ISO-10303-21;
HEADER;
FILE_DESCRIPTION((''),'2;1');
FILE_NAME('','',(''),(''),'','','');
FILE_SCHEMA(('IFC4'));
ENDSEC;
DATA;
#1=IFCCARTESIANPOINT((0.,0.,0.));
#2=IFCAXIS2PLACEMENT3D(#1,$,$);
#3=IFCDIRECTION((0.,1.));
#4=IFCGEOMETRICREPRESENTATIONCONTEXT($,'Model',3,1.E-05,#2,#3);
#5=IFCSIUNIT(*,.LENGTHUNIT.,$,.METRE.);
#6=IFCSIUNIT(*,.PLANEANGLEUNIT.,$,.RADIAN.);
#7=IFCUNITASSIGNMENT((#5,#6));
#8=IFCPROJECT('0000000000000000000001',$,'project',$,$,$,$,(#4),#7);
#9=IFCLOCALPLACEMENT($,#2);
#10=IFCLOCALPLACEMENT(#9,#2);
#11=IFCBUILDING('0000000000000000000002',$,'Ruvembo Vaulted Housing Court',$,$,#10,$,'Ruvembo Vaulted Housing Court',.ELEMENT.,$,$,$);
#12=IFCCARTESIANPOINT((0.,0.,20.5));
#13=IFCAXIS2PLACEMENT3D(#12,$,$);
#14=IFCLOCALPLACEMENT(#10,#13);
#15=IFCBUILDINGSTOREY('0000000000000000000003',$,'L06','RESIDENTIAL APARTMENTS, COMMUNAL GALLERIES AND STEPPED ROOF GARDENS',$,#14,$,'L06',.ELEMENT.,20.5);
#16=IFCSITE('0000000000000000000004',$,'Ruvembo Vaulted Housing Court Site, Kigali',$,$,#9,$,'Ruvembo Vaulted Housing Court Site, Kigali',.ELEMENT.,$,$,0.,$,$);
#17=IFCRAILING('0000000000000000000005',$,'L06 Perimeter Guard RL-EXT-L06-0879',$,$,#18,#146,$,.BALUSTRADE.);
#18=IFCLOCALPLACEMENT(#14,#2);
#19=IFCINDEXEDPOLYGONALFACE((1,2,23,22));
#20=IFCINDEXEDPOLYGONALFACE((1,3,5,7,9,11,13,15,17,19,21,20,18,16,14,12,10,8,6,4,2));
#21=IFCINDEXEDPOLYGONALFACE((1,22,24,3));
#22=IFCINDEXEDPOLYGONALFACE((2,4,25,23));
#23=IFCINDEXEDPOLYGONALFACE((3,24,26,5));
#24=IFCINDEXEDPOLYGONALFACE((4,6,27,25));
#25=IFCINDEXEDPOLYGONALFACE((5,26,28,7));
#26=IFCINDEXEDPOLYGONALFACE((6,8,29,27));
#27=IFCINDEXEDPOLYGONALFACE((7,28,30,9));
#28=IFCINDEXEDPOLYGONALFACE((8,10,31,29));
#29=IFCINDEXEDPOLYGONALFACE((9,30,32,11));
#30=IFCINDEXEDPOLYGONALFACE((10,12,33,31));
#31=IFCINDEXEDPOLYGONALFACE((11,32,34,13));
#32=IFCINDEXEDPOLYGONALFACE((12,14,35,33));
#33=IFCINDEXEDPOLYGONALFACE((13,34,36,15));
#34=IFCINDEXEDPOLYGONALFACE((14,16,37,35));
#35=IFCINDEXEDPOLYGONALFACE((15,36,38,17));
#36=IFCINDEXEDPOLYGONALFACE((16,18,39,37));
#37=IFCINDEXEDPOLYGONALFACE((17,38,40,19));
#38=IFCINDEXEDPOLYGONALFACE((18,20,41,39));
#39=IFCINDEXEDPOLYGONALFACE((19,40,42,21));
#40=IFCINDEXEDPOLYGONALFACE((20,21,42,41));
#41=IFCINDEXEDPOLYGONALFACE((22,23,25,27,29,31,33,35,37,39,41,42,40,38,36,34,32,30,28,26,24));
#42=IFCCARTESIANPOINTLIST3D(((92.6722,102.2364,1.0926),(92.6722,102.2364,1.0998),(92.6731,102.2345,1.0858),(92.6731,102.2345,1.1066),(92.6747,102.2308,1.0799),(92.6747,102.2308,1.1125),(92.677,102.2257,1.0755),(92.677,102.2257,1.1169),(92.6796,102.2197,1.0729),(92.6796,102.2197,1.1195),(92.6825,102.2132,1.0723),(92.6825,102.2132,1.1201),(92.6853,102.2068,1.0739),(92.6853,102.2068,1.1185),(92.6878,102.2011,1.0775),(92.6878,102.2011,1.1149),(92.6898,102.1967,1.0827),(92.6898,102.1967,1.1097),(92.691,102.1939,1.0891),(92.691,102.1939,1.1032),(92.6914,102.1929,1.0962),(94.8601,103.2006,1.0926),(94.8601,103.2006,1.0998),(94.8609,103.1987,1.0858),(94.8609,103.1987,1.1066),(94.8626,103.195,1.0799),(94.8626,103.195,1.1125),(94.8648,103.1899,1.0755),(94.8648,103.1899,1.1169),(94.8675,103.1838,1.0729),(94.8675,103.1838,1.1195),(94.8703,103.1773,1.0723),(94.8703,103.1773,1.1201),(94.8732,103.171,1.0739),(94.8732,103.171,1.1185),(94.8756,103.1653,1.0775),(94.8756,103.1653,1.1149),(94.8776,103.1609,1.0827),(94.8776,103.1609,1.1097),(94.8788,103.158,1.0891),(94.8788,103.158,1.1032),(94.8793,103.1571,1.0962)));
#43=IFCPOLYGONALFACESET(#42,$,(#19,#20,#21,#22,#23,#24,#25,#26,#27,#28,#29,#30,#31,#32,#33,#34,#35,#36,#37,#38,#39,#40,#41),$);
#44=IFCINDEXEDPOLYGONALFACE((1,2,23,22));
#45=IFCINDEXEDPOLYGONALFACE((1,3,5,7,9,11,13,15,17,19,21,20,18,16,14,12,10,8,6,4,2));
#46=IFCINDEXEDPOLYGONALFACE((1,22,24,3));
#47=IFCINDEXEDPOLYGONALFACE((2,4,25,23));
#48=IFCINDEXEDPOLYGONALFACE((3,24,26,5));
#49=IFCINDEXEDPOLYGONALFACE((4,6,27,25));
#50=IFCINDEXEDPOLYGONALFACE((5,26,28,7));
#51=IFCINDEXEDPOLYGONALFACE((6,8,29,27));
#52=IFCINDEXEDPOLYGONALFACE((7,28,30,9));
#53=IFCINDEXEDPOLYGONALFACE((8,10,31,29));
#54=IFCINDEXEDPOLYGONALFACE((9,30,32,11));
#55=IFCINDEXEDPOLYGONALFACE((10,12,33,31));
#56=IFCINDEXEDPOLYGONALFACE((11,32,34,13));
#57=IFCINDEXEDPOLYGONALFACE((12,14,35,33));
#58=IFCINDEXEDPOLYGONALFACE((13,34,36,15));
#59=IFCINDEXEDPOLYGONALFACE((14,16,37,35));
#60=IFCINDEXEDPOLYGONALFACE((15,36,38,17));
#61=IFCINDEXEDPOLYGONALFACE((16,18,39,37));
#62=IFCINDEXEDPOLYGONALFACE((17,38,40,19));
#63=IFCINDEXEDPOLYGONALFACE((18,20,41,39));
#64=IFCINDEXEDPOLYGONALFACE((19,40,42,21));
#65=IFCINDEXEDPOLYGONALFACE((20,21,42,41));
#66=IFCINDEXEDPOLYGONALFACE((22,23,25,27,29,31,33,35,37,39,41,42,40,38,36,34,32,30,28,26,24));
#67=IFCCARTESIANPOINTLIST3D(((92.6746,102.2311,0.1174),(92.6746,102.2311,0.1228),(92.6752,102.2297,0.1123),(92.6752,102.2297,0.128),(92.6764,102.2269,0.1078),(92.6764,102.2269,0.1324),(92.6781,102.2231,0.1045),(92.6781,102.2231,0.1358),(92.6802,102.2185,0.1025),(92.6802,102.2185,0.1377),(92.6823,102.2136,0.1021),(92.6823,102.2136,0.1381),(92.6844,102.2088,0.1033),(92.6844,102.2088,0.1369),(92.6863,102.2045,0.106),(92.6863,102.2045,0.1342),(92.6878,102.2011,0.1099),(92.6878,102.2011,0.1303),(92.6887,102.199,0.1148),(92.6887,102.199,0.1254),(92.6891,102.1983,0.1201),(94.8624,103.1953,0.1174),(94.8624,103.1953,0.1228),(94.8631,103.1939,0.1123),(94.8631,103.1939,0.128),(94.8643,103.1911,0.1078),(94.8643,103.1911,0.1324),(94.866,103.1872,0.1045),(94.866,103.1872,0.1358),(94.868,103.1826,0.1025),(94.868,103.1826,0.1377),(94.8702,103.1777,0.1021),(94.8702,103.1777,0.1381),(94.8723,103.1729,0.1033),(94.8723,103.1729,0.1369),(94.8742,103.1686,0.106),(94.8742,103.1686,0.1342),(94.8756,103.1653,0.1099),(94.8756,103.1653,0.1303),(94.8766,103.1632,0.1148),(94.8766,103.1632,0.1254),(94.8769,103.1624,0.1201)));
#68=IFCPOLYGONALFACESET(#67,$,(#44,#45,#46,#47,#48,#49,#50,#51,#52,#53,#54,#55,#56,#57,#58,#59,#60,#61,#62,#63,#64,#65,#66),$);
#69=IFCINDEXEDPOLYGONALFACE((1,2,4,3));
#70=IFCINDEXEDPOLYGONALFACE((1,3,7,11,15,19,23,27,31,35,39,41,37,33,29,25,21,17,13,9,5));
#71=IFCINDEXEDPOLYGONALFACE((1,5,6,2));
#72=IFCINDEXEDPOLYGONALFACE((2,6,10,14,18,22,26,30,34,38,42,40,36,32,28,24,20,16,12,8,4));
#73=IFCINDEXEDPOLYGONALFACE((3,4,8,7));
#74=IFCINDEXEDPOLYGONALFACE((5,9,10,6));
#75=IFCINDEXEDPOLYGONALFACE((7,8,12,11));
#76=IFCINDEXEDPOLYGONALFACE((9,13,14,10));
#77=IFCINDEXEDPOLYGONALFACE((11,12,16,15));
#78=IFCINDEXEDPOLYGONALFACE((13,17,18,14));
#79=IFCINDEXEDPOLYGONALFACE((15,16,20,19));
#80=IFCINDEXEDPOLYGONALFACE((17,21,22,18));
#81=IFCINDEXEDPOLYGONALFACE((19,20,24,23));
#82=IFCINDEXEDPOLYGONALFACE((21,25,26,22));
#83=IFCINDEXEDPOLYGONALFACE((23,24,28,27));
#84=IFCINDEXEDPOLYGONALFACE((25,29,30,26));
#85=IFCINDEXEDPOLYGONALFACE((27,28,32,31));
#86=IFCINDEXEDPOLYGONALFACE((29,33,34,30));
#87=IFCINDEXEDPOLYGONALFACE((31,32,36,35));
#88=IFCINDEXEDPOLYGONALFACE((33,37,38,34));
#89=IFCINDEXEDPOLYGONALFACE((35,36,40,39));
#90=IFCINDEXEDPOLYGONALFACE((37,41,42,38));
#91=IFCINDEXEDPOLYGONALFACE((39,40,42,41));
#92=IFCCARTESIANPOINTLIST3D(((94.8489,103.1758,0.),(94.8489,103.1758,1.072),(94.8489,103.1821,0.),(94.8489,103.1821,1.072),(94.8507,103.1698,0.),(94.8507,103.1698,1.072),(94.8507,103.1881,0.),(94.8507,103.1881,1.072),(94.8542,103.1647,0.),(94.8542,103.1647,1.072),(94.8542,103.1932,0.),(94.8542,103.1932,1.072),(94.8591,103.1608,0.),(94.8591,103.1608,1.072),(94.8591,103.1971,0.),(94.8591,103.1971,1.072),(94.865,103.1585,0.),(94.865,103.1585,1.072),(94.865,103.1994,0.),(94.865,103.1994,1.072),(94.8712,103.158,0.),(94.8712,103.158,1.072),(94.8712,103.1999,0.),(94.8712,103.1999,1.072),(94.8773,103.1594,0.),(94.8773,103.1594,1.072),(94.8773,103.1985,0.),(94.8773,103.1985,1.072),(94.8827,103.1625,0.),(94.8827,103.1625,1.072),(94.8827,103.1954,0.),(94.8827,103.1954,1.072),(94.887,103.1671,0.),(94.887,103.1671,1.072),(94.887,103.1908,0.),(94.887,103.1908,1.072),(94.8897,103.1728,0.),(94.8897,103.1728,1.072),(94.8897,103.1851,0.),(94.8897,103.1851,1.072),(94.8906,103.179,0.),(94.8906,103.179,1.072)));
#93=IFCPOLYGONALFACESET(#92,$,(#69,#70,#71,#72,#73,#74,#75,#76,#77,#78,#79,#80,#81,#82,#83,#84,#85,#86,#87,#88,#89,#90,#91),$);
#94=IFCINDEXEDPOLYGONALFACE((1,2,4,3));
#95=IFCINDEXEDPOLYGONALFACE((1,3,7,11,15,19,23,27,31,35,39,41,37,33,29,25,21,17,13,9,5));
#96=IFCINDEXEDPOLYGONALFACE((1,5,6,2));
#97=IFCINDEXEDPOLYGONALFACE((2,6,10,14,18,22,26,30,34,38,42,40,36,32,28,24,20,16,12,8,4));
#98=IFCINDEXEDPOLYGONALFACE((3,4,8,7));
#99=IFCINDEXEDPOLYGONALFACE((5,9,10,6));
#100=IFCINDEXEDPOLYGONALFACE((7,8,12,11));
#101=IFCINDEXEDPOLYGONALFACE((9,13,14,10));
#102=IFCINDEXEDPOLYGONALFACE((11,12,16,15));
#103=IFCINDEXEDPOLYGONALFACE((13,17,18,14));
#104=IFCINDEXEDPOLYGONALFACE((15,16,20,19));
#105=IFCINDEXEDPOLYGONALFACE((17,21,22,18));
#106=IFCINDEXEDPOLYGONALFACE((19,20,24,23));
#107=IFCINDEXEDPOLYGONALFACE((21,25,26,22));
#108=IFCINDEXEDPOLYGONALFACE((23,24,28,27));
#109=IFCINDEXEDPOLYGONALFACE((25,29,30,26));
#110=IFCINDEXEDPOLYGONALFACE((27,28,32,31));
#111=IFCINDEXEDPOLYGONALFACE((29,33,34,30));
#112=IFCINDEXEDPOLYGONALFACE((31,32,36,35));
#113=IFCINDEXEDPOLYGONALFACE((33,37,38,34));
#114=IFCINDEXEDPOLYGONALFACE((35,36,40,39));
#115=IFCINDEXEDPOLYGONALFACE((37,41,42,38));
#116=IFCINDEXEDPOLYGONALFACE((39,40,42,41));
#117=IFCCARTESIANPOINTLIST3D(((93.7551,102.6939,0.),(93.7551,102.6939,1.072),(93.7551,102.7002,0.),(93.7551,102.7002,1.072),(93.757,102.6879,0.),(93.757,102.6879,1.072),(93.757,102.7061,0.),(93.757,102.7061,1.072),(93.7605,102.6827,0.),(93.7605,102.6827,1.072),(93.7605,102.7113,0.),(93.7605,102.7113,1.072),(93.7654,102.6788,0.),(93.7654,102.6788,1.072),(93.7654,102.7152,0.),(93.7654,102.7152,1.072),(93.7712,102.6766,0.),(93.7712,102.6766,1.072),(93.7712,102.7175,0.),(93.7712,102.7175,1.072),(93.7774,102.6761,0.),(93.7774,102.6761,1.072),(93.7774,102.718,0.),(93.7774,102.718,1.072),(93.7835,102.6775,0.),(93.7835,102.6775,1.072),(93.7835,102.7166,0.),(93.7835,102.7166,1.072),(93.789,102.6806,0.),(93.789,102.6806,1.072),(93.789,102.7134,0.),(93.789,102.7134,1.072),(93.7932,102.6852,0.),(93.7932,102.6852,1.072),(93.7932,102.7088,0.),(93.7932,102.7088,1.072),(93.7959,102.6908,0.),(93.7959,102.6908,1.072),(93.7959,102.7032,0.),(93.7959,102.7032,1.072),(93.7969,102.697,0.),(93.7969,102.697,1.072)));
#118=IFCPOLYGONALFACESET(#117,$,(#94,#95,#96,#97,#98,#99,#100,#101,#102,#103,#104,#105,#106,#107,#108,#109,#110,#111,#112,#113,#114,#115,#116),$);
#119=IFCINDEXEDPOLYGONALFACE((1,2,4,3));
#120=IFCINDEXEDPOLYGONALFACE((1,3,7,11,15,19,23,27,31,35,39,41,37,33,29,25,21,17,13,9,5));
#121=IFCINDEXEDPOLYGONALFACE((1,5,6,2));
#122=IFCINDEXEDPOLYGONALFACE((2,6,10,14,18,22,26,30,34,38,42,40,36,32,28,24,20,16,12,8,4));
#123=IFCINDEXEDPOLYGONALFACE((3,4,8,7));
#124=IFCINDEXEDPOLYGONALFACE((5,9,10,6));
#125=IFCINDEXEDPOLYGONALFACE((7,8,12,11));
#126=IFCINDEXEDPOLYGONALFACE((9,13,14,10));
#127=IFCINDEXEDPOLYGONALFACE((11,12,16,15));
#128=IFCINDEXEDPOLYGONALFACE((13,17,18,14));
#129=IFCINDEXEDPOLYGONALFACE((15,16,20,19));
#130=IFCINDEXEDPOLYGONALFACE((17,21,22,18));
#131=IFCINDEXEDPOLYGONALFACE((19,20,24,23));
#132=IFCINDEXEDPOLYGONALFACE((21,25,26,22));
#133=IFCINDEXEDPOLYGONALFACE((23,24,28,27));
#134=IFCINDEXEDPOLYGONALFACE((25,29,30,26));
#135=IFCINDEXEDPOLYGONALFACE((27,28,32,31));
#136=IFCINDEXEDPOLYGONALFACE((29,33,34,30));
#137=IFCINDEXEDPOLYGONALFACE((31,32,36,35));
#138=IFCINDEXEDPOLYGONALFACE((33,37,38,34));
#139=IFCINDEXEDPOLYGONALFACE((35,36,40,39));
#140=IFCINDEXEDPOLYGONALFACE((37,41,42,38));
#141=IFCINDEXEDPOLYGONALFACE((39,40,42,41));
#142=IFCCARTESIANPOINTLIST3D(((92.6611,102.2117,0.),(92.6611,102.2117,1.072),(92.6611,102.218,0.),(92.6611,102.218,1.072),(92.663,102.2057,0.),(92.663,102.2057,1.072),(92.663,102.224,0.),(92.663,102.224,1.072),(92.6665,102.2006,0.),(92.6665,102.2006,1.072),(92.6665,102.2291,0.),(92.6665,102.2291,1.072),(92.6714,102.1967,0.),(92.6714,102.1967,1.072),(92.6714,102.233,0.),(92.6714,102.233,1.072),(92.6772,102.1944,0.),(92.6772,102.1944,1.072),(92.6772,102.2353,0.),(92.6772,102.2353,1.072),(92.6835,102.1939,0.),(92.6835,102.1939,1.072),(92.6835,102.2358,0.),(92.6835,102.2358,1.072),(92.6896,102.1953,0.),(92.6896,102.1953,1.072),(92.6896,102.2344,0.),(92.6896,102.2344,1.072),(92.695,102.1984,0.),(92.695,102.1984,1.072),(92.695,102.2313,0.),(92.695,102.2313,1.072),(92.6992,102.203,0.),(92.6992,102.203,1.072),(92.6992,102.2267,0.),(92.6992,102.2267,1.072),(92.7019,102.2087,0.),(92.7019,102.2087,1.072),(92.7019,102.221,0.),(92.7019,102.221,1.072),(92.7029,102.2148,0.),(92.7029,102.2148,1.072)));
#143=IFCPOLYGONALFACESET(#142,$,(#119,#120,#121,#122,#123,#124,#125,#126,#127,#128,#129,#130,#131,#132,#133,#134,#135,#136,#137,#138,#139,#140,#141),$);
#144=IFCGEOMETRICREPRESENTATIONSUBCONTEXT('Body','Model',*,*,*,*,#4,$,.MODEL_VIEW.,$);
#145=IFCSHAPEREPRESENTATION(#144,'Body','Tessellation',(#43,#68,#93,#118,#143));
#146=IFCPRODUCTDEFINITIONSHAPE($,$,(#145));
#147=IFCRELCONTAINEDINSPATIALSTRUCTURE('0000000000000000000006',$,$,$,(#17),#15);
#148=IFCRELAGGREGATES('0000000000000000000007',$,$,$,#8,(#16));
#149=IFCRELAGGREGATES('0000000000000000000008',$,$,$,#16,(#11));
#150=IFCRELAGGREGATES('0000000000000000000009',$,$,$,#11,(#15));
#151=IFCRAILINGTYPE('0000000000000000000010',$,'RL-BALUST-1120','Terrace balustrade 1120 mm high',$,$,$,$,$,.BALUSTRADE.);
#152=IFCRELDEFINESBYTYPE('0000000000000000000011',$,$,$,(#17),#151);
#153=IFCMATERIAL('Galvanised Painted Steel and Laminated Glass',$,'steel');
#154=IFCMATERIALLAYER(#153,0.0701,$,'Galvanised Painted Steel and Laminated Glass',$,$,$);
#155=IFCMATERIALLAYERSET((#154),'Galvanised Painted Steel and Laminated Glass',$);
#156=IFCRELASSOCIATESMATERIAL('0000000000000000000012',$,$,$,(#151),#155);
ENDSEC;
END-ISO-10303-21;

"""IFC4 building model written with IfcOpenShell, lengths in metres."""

from ifc_helpers import new_model, si_unit, direction, frame, origin, origin_2d, place, context, subcontext, project, spatial, circle, extrude, material, layer, layer_set, type_object, element, save


model = new_model("IFC4")

# Units and contexts
model_context = context("Model", 3, precision=1e-05, world=origin(), true_north=direction((0.0, 1.0)))
body_context = subcontext(model_context, "Body", "Model", "MODEL_VIEW")
ifc_project = project(units=[si_unit("LENGTHUNIT", "METRE"), si_unit("PLANEANGLEUNIT", "RADIAN")], contexts=[model_context])

# Site, building, storey
site_placement = place(None, origin())
site = spatial("IfcSite", under=ifc_project, at=site_placement, Name="Ruvembo Vaulted Housing Court Site, Kigali", LongName="Ruvembo Vaulted Housing Court Site, Kigali", CompositionType="ELEMENT", RefElevation=0.0)
building_placement = place(site_placement, origin())
building = spatial("IfcBuilding", under=site, at=building_placement, Name="Ruvembo Vaulted Housing Court", LongName="Ruvembo Vaulted Housing Court", CompositionType="ELEMENT")
storey_placement = place(building_placement, frame((0.0, 0.0, 20.5)))
storey = spatial("IfcBuildingStorey", under=building, at=storey_placement, Name="L06", Description="RESIDENTIAL APARTMENTS, COMMUNAL GALLERIES AND STEPPED ROOF GARDENS", LongName="L06", CompositionType="ELEMENT", Elevation=20.5)

# Railing
ifc_material_1 = material(Name="Galvanised Painted Steel and Laminated Glass", Category="steel")
ifc_layer_1 = layer(ifc_material_1, 0.0701, Name="Galvanised Painted Steel and Laminated Glass")
ifc_layer_set_1 = layer_set([ifc_layer_1], Name="Galvanised Painted Steel and Laminated Glass")
railing_type = type_object("IfcRailingType", Name="RL-BALUST-1120", Description="Terrace balustrade 1120 mm high", PredefinedType="BALUSTRADE", material=ifc_layer_set_1)
railing_1_placement = place(storey_placement, frame((94.8696, 103.179, 0.0)))
element("IfcRailing", 1, at=railing_1_placement, inside=storey, type_object=railing_type, Name="L06 Perimeter Guard RL-EXT-L06-0879", PredefinedType="BALUSTRADE", context=body_context, shape_type="SweptSolid", body=[
    extrude(circle(Radius=0.0239, at=origin_2d()), frame((0.0, 0.0, 1.0962), z_axis=(-0.915083, -0.403266, 0.0), x_axis=(0.403266, -0.915083, 0.0)), (0.0, 0.0, 1.0), 2.3909),
    extrude(circle(Radius=0.0181, at=origin_2d()), frame((0.0, 0.0, 0.1201), z_axis=(-0.915083, -0.403266, 0.0), x_axis=(0.403266, -0.915083, 0.0)), (0.0, 0.0, 1.0), 2.3909),
    extrude(circle(Radius=0.021, at=origin_2d()), origin(), (0.0, 0.0, 1.0), 1.072),
    extrude(circle(Radius=0.021, at=origin_2d()), frame((-1.0938, -0.4819, 0.0)), (0.0, 0.0, 1.0), 1.072),
    extrude(circle(Radius=0.021, at=origin_2d()), frame((-2.1877, -0.9641, 0.0)), (0.0, 0.0, 1.0), 1.072),
])

save(model, "model.ifc")
